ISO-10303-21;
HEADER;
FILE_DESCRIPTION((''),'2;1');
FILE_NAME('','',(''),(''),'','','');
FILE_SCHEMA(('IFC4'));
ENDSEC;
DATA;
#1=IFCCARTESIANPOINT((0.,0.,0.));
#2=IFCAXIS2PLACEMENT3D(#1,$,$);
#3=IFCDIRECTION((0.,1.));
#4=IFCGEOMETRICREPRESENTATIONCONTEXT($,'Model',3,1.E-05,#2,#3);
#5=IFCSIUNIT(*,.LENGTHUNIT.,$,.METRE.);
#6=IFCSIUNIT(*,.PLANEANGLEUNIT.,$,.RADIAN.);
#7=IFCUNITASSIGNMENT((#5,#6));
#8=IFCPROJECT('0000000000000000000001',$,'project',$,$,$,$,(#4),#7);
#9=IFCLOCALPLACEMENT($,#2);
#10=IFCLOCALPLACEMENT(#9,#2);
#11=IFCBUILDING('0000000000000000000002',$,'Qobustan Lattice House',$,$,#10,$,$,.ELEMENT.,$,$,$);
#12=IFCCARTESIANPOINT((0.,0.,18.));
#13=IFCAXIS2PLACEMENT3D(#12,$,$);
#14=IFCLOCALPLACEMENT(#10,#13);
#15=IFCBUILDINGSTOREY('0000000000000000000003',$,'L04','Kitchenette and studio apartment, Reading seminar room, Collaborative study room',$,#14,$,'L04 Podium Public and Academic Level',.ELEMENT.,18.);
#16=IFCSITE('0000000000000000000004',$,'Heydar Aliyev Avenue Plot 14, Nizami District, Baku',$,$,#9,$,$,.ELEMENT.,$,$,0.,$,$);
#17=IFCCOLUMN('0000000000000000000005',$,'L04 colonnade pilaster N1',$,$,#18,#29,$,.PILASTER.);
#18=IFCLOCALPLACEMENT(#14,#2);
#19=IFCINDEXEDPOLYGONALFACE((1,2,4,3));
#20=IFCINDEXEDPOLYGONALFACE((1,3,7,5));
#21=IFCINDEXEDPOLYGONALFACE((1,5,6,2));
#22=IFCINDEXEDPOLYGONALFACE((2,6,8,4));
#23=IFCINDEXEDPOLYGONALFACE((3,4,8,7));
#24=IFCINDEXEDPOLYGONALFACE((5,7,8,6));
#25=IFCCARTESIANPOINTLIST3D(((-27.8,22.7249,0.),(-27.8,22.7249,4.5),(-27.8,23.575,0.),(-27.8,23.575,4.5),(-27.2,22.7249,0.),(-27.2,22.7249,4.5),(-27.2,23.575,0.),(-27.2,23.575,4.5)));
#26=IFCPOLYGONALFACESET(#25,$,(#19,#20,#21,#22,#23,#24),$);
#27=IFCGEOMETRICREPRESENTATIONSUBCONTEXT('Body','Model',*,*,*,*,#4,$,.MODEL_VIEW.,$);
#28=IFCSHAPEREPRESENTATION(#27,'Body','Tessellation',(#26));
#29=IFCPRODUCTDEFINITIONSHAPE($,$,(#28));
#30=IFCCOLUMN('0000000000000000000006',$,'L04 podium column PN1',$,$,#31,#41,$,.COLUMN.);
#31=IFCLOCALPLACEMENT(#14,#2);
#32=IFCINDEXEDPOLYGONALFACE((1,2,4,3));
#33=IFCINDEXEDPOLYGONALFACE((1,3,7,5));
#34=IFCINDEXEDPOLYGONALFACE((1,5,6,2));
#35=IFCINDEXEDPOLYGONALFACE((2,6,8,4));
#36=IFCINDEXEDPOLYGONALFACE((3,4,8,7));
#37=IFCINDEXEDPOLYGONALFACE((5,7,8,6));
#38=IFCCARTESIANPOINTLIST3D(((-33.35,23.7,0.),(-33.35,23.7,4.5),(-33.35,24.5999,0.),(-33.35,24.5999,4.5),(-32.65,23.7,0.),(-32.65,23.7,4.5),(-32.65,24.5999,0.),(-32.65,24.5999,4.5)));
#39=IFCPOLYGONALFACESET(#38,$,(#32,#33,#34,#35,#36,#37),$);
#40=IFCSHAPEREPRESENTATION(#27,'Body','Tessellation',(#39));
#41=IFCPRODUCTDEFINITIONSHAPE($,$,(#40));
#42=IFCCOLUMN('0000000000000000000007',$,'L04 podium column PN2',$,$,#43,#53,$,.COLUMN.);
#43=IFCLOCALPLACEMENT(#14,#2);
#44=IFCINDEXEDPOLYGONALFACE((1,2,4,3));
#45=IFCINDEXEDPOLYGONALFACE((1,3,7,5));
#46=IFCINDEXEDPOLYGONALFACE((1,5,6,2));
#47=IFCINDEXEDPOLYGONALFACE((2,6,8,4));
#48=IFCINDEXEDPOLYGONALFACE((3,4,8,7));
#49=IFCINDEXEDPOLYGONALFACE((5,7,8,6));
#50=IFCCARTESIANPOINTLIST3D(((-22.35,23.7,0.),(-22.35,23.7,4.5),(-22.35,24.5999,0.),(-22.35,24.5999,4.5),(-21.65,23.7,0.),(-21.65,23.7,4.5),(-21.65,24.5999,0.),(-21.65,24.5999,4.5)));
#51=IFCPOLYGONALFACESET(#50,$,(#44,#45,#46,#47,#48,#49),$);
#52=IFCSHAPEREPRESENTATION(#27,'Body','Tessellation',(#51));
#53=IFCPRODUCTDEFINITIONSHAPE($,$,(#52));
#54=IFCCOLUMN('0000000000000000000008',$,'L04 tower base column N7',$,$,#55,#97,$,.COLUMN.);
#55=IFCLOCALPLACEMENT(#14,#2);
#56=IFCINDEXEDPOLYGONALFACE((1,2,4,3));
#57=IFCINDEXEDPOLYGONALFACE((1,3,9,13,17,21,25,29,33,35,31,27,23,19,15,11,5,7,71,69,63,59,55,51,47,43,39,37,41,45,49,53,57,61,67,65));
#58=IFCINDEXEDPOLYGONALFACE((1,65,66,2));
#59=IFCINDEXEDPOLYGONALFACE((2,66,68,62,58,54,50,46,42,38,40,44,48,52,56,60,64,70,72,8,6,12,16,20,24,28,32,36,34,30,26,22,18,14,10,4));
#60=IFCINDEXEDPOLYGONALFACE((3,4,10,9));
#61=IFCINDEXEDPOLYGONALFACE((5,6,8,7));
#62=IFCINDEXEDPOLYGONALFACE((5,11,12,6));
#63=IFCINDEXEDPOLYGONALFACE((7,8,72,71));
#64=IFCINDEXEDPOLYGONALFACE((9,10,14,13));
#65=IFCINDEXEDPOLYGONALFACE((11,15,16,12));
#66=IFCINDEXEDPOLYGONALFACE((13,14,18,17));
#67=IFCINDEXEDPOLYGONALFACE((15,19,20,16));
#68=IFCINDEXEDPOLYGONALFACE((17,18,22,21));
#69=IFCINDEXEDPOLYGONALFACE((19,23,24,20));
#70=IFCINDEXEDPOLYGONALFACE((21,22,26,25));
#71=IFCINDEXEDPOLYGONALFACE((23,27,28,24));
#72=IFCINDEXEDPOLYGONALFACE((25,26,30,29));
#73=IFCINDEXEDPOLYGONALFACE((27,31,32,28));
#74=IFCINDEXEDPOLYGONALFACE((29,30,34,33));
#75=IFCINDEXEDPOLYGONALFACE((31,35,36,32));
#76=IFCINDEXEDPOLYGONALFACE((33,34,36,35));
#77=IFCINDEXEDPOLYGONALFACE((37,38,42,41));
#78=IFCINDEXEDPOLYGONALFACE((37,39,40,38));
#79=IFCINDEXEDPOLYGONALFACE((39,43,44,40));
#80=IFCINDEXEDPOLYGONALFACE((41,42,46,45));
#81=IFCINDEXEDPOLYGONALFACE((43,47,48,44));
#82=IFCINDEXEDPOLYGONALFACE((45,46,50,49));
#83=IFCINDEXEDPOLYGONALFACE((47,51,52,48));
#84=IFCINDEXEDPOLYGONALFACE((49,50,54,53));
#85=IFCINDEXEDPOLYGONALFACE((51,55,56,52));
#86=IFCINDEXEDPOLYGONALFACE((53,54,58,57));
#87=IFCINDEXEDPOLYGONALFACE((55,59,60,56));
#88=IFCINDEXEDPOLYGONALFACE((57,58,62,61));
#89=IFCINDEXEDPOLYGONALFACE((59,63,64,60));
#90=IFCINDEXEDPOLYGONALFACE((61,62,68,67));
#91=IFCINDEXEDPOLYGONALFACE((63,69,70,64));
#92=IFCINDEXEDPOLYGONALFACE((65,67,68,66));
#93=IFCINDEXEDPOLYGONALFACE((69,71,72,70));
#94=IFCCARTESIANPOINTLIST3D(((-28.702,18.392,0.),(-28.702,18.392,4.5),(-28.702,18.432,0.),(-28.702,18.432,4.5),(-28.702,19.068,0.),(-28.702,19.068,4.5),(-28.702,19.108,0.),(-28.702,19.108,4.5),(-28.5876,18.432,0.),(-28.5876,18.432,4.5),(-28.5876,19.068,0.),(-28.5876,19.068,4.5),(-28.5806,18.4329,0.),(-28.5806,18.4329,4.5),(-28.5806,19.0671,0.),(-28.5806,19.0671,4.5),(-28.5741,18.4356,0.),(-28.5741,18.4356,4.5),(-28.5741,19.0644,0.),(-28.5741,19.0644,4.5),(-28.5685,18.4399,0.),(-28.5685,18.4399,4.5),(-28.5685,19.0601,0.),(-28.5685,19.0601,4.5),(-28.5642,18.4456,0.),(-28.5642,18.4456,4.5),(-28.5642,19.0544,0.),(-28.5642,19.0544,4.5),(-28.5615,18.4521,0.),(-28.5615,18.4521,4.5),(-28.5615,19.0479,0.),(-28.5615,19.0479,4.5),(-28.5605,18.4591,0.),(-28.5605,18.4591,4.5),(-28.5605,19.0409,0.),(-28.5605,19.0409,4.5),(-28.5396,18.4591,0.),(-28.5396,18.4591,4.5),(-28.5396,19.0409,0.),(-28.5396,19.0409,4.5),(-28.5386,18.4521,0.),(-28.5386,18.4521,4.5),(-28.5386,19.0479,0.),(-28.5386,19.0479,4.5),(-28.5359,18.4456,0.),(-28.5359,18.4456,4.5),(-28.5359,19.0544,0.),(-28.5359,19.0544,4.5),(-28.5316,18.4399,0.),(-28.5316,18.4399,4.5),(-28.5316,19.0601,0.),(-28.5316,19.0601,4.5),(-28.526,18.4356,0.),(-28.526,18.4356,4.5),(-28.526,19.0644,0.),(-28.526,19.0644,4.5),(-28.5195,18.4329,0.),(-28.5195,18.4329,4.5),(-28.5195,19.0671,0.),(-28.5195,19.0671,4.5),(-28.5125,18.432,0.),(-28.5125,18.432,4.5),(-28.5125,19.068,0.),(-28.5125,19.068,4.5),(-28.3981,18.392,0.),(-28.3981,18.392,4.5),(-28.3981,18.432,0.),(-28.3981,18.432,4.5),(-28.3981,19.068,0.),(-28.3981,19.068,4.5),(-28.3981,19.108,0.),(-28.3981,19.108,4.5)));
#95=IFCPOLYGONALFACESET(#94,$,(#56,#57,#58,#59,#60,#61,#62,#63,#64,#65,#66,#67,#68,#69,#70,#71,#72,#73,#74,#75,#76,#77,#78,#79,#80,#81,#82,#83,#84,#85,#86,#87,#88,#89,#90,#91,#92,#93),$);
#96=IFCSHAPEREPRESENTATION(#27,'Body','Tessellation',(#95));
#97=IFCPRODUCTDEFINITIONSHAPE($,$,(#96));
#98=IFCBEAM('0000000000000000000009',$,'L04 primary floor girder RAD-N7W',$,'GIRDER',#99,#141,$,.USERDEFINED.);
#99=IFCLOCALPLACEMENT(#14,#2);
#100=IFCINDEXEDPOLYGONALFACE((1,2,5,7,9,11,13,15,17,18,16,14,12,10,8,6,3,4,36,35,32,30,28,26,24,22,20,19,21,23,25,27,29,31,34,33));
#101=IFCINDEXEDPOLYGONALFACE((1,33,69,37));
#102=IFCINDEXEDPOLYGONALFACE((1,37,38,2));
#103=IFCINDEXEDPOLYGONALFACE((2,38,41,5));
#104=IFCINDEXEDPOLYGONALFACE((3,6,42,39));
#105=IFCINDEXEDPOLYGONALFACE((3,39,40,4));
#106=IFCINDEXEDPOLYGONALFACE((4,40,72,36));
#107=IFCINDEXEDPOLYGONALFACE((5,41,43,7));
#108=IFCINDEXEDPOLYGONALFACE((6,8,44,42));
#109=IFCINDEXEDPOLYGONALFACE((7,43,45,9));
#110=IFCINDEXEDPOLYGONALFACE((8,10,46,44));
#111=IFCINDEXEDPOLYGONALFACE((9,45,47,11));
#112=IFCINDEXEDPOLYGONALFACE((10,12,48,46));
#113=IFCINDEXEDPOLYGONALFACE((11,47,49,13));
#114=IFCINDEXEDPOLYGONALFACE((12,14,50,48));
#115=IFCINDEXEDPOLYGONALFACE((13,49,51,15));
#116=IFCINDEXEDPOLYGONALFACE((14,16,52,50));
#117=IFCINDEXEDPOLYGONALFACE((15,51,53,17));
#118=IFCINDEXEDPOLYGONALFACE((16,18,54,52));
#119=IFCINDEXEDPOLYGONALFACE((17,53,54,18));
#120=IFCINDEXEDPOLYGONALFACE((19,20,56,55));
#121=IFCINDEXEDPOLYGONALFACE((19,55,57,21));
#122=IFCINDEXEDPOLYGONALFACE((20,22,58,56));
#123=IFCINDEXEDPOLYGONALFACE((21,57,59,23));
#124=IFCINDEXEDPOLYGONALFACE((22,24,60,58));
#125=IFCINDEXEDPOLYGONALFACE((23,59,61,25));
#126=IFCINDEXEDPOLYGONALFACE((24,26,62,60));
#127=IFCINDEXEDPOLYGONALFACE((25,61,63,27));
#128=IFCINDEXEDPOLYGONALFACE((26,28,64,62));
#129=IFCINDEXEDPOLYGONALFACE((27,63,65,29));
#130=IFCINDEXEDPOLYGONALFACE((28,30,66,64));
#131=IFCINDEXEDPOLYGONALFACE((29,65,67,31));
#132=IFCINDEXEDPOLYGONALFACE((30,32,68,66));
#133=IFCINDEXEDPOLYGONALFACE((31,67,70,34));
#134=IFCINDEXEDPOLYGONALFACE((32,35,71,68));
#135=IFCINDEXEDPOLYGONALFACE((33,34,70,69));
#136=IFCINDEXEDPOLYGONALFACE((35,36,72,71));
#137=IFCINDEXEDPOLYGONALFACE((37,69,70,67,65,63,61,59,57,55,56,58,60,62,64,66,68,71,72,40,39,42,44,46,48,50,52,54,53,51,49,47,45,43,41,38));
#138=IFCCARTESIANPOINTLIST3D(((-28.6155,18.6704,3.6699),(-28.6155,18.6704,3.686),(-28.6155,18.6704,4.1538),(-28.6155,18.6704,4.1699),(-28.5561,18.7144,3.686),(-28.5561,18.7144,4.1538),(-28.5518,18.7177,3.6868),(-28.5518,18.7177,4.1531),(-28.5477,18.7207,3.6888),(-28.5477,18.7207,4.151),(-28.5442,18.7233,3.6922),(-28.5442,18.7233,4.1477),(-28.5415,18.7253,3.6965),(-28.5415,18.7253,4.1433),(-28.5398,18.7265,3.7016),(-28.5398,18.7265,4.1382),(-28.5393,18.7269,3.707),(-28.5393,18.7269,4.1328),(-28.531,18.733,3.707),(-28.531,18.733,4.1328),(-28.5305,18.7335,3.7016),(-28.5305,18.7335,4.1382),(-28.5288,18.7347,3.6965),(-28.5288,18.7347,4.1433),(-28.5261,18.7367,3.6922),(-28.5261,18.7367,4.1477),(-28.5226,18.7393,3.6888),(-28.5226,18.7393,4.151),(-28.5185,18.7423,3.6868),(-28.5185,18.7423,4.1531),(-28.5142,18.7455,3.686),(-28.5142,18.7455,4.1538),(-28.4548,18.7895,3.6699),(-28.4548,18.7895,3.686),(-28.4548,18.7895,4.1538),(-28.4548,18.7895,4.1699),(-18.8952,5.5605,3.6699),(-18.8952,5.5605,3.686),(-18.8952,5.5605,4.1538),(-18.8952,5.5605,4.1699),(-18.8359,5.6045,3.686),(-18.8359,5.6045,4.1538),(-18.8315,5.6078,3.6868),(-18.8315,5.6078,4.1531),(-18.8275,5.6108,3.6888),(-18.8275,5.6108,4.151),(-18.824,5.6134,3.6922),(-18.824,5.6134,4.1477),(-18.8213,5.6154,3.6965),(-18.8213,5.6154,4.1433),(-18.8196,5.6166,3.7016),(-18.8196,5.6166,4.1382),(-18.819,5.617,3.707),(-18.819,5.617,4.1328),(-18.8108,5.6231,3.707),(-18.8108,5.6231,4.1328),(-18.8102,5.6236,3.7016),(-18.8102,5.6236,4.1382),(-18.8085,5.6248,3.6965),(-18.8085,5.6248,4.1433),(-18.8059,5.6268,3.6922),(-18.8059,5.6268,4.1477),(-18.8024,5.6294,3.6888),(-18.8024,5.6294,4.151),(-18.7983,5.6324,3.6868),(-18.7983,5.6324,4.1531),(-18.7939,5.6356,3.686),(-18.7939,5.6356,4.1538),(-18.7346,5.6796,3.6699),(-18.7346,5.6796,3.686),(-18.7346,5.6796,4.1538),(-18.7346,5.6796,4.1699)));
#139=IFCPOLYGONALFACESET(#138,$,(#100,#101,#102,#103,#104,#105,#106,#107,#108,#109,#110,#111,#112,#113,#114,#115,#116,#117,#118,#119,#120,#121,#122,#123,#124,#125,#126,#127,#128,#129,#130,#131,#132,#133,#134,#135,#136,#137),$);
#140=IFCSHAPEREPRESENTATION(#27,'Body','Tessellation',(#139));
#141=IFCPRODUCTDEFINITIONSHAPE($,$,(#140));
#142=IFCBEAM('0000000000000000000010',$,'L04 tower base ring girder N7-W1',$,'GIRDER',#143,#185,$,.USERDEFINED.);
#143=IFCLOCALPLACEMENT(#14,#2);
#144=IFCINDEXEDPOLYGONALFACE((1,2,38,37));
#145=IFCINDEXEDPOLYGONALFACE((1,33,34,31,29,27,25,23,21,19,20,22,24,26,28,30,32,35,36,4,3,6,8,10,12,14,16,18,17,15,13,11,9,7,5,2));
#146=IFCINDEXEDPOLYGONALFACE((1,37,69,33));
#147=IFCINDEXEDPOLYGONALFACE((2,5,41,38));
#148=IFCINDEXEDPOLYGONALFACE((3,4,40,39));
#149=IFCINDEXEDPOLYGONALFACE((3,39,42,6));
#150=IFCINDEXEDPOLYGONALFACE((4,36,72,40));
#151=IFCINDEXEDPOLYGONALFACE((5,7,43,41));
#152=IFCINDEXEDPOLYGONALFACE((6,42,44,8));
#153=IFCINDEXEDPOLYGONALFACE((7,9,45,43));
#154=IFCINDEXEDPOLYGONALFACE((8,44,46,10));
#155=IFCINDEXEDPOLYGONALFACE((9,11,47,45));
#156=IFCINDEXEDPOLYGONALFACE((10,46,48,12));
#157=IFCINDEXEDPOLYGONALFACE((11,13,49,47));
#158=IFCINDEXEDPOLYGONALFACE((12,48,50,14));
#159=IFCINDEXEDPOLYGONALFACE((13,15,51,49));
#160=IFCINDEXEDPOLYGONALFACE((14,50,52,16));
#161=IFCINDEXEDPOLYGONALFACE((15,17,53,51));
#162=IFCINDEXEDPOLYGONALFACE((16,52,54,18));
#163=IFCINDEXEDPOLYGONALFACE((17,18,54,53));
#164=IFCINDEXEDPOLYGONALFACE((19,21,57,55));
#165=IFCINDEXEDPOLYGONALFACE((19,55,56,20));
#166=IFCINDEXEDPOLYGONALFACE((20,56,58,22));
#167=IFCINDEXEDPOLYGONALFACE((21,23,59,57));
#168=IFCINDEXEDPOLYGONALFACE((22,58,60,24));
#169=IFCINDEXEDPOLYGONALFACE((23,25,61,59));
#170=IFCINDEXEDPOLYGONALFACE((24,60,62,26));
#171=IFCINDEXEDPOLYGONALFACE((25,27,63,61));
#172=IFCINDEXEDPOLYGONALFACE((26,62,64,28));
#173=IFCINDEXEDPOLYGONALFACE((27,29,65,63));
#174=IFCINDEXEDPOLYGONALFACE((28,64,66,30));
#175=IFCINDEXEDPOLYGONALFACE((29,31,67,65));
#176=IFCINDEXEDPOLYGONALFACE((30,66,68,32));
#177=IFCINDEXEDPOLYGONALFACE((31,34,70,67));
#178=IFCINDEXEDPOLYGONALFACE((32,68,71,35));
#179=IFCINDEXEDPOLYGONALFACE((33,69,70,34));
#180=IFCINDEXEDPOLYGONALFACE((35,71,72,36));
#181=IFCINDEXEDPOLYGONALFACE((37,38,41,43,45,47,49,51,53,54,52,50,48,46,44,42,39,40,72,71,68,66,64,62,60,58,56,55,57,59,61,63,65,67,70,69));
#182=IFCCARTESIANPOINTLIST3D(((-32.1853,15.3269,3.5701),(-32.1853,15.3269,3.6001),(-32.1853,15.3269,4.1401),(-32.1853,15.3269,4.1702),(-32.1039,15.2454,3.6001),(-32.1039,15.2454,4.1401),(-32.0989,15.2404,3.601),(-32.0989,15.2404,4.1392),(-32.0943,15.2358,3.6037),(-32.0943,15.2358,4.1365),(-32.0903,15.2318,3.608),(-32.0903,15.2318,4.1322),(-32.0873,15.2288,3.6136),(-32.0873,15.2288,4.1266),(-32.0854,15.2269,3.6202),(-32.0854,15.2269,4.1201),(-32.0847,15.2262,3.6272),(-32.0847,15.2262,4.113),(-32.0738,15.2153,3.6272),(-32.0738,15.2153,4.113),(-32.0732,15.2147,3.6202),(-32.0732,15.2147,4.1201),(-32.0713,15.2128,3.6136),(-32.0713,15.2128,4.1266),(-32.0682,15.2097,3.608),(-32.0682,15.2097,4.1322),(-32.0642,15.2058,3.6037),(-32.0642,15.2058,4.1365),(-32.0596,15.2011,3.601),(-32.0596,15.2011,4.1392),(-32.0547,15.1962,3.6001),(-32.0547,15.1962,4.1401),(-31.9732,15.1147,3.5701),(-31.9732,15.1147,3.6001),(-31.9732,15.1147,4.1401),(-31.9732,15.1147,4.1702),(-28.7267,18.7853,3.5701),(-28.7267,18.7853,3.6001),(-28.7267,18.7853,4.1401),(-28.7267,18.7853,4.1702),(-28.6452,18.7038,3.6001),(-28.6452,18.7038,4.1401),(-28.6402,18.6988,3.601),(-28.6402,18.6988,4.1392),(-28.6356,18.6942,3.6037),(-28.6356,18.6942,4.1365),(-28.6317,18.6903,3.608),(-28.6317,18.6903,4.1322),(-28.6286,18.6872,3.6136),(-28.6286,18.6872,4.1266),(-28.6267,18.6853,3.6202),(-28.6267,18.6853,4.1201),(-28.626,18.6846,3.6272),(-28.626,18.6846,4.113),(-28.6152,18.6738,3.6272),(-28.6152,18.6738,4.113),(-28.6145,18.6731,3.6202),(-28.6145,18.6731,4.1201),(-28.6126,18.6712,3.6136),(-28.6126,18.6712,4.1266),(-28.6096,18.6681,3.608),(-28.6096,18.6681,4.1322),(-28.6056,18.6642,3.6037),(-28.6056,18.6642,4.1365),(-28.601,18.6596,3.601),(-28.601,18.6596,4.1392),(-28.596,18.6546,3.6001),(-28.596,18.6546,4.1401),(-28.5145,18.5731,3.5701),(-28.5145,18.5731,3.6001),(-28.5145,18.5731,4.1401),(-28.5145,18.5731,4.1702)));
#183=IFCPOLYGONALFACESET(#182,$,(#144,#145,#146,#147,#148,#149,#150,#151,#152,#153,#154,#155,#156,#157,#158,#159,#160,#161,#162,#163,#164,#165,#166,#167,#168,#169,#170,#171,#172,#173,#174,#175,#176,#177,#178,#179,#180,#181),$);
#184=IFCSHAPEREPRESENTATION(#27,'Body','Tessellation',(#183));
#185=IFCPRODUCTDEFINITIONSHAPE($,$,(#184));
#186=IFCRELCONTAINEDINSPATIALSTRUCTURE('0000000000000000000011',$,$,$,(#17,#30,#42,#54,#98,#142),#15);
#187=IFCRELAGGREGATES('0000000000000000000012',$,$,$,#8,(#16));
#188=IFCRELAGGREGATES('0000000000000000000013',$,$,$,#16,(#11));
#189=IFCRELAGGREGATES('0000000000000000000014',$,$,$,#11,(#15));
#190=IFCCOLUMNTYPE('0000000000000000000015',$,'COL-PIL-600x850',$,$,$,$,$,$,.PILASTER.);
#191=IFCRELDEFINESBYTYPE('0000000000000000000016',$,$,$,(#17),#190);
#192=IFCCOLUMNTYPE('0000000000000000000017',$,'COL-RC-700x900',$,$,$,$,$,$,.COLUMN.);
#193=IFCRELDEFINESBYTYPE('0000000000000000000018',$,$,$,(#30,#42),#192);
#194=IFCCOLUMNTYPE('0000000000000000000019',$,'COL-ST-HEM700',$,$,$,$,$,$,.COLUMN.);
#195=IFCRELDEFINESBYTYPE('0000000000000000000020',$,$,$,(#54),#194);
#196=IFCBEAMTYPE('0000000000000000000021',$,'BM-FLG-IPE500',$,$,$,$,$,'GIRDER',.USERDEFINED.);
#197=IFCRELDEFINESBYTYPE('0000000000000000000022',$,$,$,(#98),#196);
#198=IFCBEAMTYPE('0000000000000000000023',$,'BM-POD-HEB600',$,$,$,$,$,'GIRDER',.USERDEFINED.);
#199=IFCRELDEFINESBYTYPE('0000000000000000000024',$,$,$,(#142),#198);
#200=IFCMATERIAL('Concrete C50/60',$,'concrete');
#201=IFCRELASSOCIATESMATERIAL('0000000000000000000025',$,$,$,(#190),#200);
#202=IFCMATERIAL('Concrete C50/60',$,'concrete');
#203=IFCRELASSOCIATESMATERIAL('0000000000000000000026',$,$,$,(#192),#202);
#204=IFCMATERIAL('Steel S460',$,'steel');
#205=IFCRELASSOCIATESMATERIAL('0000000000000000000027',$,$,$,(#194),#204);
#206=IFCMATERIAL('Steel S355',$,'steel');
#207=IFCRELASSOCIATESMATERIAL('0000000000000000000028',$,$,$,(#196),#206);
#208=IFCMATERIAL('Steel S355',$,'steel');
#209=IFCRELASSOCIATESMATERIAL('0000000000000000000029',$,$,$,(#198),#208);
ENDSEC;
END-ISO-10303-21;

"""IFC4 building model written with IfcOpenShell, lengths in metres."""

from ifc_helpers import new_model, si_unit, direction, frame, origin, origin_2d, place, context, subcontext, project, spatial, rectangle, i_section, extrude, material, material_profile, profile_set, type_object, element, save


model = new_model("IFC4")

# Units and contexts
model_context = context("Model", 3, precision=1e-05, world=origin(), true_north=direction((0.0, 1.0)))
body_context = subcontext(model_context, "Body", "Model", "MODEL_VIEW")
ifc_project = project(units=[si_unit("LENGTHUNIT", "METRE"), si_unit("PLANEANGLEUNIT", "RADIAN")], contexts=[model_context])

# Site, building, storey
site_placement = place(None, origin())
site = spatial("IfcSite", under=ifc_project, at=site_placement, Name="Heydar Aliyev Avenue Plot 14, Nizami District, Baku", CompositionType="ELEMENT", RefElevation=0.0)
building_placement = place(site_placement, origin())
building = spatial("IfcBuilding", under=site, at=building_placement, Name="Qobustan Lattice House", CompositionType="ELEMENT")
storey_placement = place(building_placement, frame((0.0, 0.0, 18.0)))
storey = spatial("IfcBuildingStorey", under=building, at=storey_placement, Name="L04", Description="Kitchenette and studio apartment, Reading seminar room, Collaborative study room", LongName="L04 Podium Public and Academic Level", CompositionType="ELEMENT", Elevation=18.0)

# Columns
ifc_material_1 = material(Name="Concrete C50/60", Category="concrete")
ifc_material_profile_1 = material_profile(ifc_material_1, rectangle(XDim=0.6001, YDim=0.8501, at=origin_2d()), Name="RC600x850")
ifc_profile_set_1 = profile_set([ifc_material_profile_1], Name="Concrete C50/60")
column_type_1 = type_object("IfcColumnType", Name="COL-PIL-600x850", PredefinedType="PILASTER", material=ifc_profile_set_1)
column_1_placement = place(storey_placement, frame((-27.5, 23.1499, 0.0), z_axis=(0.0, 0.0, 1.0), x_axis=(1.0, 0.0, 0.0)))
element("IfcColumn", 1, at=column_1_placement, inside=storey, type_object=column_type_1, Name="L04 colonnade pilaster N1", PredefinedType="PILASTER", context=body_context, shape_type="SweptSolid", body=[
    extrude(rectangle(XDim=0.6001, YDim=0.8501, at=origin_2d()), origin(), (0.0, 0.0, 1.0), 4.5),
])
ifc_material_2 = material(Name="Concrete C50/60", Category="concrete")
ifc_material_profile_2 = material_profile(ifc_material_2, rectangle(XDim=0.7, YDim=0.8999, at=origin_2d()), Name="RC700x900")
ifc_profile_set_2 = profile_set([ifc_material_profile_2], Name="Concrete C50/60")
column_type_2 = type_object("IfcColumnType", Name="COL-RC-700x900", PredefinedType="COLUMN", material=ifc_profile_set_2)
for number, where, z_axis, x_axis, name in (
    (2, (-33.0, 24.1499, 0.0), (0.0, 0.0, 1.0), (1.0, 0.0, 0.0), "L04 podium column PN1"),
    (3, (-22.0, 24.1499, 0.0), (0.0, 0.0, 1.0), (1.0, 0.0, 0.0), "L04 podium column PN2"),
):
    element("IfcColumn", number, at=place(storey_placement, frame(where, z_axis=z_axis, x_axis=x_axis)), inside=storey, type_object=column_type_2, Name=name, PredefinedType="COLUMN", context=body_context, shape_type="SweptSolid", body=[
        extrude(rectangle(XDim=0.7, YDim=0.8999, at=origin_2d()), origin(), (0.0, 0.0, 1.0), 4.5),
    ])
ifc_material_3 = material(Name="Steel S460", Category="steel")
ifc_material_profile_3 = material_profile(ifc_material_3, i_section(OverallWidth=0.304, OverallDepth=0.7161, WebThickness=0.021, FlangeThickness=0.04, FilletRadius=0.0271, at=origin_2d()), Name="HEM700")
ifc_profile_set_3 = profile_set([ifc_material_profile_3], Name="Steel S460")
column_type_3 = type_object("IfcColumnType", Name="COL-ST-HEM700", PredefinedType="COLUMN", material=ifc_profile_set_3)
column_2_placement = place(storey_placement, frame((-28.55, 18.75, 0.0), z_axis=(0.0, 0.0, 1.0), x_axis=(1.0, 0.0, 0.0)))
element("IfcColumn", 4, at=column_2_placement, inside=storey, type_object=column_type_3, Name="L04 tower base column N7", PredefinedType="COLUMN", context=body_context, shape_type="SweptSolid", body=[
    extrude(i_section(OverallWidth=0.304, OverallDepth=0.7161, WebThickness=0.021, FlangeThickness=0.04, FilletRadius=0.0271, at=origin_2d()), origin(), (0.0, 0.0, 1.0), 4.5),
])

# Beams
ifc_material_4 = material(Name="Steel S355", Category="steel")
ifc_material_profile_4 = material_profile(ifc_material_4, i_section(OverallWidth=0.2, OverallDepth=0.5, WebThickness=0.0103, FlangeThickness=0.0161, FilletRadius=0.021, at=origin_2d()), Name="IPE500")
ifc_profile_set_4 = profile_set([ifc_material_profile_4], Name="Steel S355")
beam_type_1 = type_object("IfcBeamType", Name="BM-FLG-IPE500", ElementType="GIRDER", PredefinedType="USERDEFINED", material=ifc_profile_set_4)
beam_1_placement = place(storey_placement, frame((-28.5352, 18.73, 3.9199), z_axis=(0.595592, -0.803287, 0.0), x_axis=(0.803287, 0.595592, 0.0)))
element("IfcBeam", 5, at=beam_1_placement, inside=storey, type_object=beam_type_1, Name="L04 primary floor girder RAD-N7W", ObjectType="GIRDER", PredefinedType="USERDEFINED", context=body_context, shape_type="SweptSolid", body=[
    extrude(i_section(OverallWidth=0.2, OverallDepth=0.5, WebThickness=0.0103, FlangeThickness=0.0161, FilletRadius=0.021, at=origin_2d()), origin(), (0.0, 0.0, 1.0), 16.3203),
])
ifc_material_5 = material(Name="Steel S355", Category="steel")
ifc_material_profile_5 = material_profile(ifc_material_5, i_section(OverallWidth=0.3, OverallDepth=0.6001, WebThickness=0.0154, FlangeThickness=0.03, FilletRadius=0.0271, at=origin_2d()), Name="HEB600")
ifc_profile_set_5 = profile_set([ifc_material_profile_5], Name="Steel S355")
beam_type_2 = type_object("IfcBeamType", Name="BM-POD-HEB600", ElementType="GIRDER", PredefinedType="USERDEFINED", material=ifc_profile_set_5)
beam_2_placement = place(storey_placement, frame((-28.6206, 18.6792, 3.8701), z_axis=(-0.707132, -0.707082, 0.0), x_axis=(0.707082, -0.707132, 0.0)))
element("IfcBeam", 6, at=beam_2_placement, inside=storey, type_object=beam_type_2, Name="L04 tower base ring girder N7-W1", ObjectType="GIRDER", PredefinedType="USERDEFINED", context=body_context, shape_type="SweptSolid", body=[
    extrude(i_section(OverallWidth=0.3, OverallDepth=0.6001, WebThickness=0.0154, FlangeThickness=0.03, FilletRadius=0.0271, at=origin_2d()), origin(), (0.0, 0.0, 1.0), 4.8911),
])

save(model, "model.ifc")
